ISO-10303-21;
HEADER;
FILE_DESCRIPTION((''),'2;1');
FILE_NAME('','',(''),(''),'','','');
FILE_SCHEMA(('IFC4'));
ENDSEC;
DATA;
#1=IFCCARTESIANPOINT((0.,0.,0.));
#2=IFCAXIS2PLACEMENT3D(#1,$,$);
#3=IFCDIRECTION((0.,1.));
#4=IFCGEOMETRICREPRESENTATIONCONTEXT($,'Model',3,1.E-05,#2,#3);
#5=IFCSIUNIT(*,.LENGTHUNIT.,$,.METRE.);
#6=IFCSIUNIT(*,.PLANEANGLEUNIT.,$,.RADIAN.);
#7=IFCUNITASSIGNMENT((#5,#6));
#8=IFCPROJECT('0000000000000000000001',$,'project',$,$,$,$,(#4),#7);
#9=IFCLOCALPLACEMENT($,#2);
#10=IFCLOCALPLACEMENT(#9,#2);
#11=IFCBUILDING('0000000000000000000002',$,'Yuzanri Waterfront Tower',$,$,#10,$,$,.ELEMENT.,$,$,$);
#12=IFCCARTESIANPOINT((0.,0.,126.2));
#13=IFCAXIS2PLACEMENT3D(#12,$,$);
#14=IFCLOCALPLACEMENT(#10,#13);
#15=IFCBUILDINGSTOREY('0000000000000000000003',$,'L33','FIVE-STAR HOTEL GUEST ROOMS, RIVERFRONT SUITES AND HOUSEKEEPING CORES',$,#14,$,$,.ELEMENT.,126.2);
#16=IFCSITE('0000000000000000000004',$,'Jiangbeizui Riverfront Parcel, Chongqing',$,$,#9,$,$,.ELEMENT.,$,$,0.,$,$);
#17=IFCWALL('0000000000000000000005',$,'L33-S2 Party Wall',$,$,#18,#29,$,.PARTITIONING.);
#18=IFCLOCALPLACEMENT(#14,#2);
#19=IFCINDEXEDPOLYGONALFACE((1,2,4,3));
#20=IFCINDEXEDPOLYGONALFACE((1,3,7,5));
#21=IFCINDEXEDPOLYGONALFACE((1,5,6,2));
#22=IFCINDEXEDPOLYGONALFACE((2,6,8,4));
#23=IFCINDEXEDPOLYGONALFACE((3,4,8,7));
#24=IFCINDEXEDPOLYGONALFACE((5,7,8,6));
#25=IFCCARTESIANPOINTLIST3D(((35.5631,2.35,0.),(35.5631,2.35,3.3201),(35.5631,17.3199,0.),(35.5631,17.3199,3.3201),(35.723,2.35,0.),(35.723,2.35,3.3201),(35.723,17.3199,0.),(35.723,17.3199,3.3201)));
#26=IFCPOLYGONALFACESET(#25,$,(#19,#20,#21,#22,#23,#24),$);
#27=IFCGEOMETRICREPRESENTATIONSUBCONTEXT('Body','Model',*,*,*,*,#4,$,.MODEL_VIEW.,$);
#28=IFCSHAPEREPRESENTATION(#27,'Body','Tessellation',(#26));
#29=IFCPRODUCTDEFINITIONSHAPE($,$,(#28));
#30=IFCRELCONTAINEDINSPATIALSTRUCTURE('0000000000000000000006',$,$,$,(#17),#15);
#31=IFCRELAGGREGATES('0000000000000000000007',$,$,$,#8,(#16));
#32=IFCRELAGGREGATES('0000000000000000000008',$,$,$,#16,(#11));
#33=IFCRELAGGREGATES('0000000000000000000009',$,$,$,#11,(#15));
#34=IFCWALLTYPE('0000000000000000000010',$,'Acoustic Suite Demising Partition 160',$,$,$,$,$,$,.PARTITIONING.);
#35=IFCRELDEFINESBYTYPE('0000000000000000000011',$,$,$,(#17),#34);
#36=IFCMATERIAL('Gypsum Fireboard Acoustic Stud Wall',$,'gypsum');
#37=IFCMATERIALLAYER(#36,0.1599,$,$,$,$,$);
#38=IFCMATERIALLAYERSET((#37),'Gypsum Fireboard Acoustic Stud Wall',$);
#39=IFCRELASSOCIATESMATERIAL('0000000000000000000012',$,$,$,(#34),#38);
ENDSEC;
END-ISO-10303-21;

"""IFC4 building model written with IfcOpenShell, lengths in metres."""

from ifc_helpers import new_model, si_unit, direction, frame, frame_2d, origin, place, context, subcontext, project, spatial, rectangle, extrude, source, transform, mapped, material, layer, layer_set, type_object, element, save


model = new_model("IFC4")

# Units and contexts
model_context = context("Model", 3, precision=1e-05, world=origin(), true_north=direction((0.0, 1.0)))
body_context = subcontext(model_context, "Body", "Model", "MODEL_VIEW")
ifc_project = project(units=[si_unit("LENGTHUNIT", "METRE"), si_unit("PLANEANGLEUNIT", "RADIAN")], contexts=[model_context])

# Site, building, storey
site_placement = place(None, origin())
site = spatial("IfcSite", under=ifc_project, at=site_placement, Name="Jiangbeizui Riverfront Parcel, Chongqing", CompositionType="ELEMENT", RefElevation=0.0)
building_placement = place(site_placement, origin())
building = spatial("IfcBuilding", under=site, at=building_placement, Name="Yuzanri Waterfront Tower", CompositionType="ELEMENT")
storey_placement = place(building_placement, frame((0.0, 0.0, 126.2)))
storey = spatial("IfcBuildingStorey", under=building, at=storey_placement, Name="L33", Description="FIVE-STAR HOTEL GUEST ROOMS, RIVERFRONT SUITES AND HOUSEKEEPING CORES", CompositionType="ELEMENT", Elevation=126.2)

# Wall
ifc_material_1 = material(Name="Gypsum Fireboard Acoustic Stud Wall", Category="gypsum")
ifc_layer_1 = layer(ifc_material_1, 0.1599)
ifc_layer_set_1 = layer_set([ifc_layer_1], Name="Gypsum Fireboard Acoustic Stud Wall")
wall_type_1 = type_object("IfcWallType", Name="Acoustic Suite Demising Partition 160", PredefinedType="PARTITIONING", material=ifc_layer_set_1)
shared_shape_1 = source(origin(), body_context, "Body", "SweptSolid", [
    extrude(rectangle(XDim=14.97, YDim=0.1599, at=frame_2d((7.4849, 0.0))), origin(), (0.0, 0.0, 1.0), 3.3201),
])
for number, where, z_axis, x_axis, name in (
    (1, (35.6431, 2.3501, 0.0), (0.0, 0.0, 1.0), (0.0, 1.0, 0.0), "L33-S2 Party Wall"),
):
    element("IfcWall", number, at=place(storey_placement, frame(where, z_axis=z_axis, x_axis=x_axis)), inside=storey, type_object=wall_type_1, Name=name, PredefinedType="PARTITIONING", context=body_context, shape_type="MappedRepresentation", body=[
        mapped(shared_shape_1, transform((0.0, 0.0, 0.0), scale=1.0)),
    ])

save(model, "model.ifc")
